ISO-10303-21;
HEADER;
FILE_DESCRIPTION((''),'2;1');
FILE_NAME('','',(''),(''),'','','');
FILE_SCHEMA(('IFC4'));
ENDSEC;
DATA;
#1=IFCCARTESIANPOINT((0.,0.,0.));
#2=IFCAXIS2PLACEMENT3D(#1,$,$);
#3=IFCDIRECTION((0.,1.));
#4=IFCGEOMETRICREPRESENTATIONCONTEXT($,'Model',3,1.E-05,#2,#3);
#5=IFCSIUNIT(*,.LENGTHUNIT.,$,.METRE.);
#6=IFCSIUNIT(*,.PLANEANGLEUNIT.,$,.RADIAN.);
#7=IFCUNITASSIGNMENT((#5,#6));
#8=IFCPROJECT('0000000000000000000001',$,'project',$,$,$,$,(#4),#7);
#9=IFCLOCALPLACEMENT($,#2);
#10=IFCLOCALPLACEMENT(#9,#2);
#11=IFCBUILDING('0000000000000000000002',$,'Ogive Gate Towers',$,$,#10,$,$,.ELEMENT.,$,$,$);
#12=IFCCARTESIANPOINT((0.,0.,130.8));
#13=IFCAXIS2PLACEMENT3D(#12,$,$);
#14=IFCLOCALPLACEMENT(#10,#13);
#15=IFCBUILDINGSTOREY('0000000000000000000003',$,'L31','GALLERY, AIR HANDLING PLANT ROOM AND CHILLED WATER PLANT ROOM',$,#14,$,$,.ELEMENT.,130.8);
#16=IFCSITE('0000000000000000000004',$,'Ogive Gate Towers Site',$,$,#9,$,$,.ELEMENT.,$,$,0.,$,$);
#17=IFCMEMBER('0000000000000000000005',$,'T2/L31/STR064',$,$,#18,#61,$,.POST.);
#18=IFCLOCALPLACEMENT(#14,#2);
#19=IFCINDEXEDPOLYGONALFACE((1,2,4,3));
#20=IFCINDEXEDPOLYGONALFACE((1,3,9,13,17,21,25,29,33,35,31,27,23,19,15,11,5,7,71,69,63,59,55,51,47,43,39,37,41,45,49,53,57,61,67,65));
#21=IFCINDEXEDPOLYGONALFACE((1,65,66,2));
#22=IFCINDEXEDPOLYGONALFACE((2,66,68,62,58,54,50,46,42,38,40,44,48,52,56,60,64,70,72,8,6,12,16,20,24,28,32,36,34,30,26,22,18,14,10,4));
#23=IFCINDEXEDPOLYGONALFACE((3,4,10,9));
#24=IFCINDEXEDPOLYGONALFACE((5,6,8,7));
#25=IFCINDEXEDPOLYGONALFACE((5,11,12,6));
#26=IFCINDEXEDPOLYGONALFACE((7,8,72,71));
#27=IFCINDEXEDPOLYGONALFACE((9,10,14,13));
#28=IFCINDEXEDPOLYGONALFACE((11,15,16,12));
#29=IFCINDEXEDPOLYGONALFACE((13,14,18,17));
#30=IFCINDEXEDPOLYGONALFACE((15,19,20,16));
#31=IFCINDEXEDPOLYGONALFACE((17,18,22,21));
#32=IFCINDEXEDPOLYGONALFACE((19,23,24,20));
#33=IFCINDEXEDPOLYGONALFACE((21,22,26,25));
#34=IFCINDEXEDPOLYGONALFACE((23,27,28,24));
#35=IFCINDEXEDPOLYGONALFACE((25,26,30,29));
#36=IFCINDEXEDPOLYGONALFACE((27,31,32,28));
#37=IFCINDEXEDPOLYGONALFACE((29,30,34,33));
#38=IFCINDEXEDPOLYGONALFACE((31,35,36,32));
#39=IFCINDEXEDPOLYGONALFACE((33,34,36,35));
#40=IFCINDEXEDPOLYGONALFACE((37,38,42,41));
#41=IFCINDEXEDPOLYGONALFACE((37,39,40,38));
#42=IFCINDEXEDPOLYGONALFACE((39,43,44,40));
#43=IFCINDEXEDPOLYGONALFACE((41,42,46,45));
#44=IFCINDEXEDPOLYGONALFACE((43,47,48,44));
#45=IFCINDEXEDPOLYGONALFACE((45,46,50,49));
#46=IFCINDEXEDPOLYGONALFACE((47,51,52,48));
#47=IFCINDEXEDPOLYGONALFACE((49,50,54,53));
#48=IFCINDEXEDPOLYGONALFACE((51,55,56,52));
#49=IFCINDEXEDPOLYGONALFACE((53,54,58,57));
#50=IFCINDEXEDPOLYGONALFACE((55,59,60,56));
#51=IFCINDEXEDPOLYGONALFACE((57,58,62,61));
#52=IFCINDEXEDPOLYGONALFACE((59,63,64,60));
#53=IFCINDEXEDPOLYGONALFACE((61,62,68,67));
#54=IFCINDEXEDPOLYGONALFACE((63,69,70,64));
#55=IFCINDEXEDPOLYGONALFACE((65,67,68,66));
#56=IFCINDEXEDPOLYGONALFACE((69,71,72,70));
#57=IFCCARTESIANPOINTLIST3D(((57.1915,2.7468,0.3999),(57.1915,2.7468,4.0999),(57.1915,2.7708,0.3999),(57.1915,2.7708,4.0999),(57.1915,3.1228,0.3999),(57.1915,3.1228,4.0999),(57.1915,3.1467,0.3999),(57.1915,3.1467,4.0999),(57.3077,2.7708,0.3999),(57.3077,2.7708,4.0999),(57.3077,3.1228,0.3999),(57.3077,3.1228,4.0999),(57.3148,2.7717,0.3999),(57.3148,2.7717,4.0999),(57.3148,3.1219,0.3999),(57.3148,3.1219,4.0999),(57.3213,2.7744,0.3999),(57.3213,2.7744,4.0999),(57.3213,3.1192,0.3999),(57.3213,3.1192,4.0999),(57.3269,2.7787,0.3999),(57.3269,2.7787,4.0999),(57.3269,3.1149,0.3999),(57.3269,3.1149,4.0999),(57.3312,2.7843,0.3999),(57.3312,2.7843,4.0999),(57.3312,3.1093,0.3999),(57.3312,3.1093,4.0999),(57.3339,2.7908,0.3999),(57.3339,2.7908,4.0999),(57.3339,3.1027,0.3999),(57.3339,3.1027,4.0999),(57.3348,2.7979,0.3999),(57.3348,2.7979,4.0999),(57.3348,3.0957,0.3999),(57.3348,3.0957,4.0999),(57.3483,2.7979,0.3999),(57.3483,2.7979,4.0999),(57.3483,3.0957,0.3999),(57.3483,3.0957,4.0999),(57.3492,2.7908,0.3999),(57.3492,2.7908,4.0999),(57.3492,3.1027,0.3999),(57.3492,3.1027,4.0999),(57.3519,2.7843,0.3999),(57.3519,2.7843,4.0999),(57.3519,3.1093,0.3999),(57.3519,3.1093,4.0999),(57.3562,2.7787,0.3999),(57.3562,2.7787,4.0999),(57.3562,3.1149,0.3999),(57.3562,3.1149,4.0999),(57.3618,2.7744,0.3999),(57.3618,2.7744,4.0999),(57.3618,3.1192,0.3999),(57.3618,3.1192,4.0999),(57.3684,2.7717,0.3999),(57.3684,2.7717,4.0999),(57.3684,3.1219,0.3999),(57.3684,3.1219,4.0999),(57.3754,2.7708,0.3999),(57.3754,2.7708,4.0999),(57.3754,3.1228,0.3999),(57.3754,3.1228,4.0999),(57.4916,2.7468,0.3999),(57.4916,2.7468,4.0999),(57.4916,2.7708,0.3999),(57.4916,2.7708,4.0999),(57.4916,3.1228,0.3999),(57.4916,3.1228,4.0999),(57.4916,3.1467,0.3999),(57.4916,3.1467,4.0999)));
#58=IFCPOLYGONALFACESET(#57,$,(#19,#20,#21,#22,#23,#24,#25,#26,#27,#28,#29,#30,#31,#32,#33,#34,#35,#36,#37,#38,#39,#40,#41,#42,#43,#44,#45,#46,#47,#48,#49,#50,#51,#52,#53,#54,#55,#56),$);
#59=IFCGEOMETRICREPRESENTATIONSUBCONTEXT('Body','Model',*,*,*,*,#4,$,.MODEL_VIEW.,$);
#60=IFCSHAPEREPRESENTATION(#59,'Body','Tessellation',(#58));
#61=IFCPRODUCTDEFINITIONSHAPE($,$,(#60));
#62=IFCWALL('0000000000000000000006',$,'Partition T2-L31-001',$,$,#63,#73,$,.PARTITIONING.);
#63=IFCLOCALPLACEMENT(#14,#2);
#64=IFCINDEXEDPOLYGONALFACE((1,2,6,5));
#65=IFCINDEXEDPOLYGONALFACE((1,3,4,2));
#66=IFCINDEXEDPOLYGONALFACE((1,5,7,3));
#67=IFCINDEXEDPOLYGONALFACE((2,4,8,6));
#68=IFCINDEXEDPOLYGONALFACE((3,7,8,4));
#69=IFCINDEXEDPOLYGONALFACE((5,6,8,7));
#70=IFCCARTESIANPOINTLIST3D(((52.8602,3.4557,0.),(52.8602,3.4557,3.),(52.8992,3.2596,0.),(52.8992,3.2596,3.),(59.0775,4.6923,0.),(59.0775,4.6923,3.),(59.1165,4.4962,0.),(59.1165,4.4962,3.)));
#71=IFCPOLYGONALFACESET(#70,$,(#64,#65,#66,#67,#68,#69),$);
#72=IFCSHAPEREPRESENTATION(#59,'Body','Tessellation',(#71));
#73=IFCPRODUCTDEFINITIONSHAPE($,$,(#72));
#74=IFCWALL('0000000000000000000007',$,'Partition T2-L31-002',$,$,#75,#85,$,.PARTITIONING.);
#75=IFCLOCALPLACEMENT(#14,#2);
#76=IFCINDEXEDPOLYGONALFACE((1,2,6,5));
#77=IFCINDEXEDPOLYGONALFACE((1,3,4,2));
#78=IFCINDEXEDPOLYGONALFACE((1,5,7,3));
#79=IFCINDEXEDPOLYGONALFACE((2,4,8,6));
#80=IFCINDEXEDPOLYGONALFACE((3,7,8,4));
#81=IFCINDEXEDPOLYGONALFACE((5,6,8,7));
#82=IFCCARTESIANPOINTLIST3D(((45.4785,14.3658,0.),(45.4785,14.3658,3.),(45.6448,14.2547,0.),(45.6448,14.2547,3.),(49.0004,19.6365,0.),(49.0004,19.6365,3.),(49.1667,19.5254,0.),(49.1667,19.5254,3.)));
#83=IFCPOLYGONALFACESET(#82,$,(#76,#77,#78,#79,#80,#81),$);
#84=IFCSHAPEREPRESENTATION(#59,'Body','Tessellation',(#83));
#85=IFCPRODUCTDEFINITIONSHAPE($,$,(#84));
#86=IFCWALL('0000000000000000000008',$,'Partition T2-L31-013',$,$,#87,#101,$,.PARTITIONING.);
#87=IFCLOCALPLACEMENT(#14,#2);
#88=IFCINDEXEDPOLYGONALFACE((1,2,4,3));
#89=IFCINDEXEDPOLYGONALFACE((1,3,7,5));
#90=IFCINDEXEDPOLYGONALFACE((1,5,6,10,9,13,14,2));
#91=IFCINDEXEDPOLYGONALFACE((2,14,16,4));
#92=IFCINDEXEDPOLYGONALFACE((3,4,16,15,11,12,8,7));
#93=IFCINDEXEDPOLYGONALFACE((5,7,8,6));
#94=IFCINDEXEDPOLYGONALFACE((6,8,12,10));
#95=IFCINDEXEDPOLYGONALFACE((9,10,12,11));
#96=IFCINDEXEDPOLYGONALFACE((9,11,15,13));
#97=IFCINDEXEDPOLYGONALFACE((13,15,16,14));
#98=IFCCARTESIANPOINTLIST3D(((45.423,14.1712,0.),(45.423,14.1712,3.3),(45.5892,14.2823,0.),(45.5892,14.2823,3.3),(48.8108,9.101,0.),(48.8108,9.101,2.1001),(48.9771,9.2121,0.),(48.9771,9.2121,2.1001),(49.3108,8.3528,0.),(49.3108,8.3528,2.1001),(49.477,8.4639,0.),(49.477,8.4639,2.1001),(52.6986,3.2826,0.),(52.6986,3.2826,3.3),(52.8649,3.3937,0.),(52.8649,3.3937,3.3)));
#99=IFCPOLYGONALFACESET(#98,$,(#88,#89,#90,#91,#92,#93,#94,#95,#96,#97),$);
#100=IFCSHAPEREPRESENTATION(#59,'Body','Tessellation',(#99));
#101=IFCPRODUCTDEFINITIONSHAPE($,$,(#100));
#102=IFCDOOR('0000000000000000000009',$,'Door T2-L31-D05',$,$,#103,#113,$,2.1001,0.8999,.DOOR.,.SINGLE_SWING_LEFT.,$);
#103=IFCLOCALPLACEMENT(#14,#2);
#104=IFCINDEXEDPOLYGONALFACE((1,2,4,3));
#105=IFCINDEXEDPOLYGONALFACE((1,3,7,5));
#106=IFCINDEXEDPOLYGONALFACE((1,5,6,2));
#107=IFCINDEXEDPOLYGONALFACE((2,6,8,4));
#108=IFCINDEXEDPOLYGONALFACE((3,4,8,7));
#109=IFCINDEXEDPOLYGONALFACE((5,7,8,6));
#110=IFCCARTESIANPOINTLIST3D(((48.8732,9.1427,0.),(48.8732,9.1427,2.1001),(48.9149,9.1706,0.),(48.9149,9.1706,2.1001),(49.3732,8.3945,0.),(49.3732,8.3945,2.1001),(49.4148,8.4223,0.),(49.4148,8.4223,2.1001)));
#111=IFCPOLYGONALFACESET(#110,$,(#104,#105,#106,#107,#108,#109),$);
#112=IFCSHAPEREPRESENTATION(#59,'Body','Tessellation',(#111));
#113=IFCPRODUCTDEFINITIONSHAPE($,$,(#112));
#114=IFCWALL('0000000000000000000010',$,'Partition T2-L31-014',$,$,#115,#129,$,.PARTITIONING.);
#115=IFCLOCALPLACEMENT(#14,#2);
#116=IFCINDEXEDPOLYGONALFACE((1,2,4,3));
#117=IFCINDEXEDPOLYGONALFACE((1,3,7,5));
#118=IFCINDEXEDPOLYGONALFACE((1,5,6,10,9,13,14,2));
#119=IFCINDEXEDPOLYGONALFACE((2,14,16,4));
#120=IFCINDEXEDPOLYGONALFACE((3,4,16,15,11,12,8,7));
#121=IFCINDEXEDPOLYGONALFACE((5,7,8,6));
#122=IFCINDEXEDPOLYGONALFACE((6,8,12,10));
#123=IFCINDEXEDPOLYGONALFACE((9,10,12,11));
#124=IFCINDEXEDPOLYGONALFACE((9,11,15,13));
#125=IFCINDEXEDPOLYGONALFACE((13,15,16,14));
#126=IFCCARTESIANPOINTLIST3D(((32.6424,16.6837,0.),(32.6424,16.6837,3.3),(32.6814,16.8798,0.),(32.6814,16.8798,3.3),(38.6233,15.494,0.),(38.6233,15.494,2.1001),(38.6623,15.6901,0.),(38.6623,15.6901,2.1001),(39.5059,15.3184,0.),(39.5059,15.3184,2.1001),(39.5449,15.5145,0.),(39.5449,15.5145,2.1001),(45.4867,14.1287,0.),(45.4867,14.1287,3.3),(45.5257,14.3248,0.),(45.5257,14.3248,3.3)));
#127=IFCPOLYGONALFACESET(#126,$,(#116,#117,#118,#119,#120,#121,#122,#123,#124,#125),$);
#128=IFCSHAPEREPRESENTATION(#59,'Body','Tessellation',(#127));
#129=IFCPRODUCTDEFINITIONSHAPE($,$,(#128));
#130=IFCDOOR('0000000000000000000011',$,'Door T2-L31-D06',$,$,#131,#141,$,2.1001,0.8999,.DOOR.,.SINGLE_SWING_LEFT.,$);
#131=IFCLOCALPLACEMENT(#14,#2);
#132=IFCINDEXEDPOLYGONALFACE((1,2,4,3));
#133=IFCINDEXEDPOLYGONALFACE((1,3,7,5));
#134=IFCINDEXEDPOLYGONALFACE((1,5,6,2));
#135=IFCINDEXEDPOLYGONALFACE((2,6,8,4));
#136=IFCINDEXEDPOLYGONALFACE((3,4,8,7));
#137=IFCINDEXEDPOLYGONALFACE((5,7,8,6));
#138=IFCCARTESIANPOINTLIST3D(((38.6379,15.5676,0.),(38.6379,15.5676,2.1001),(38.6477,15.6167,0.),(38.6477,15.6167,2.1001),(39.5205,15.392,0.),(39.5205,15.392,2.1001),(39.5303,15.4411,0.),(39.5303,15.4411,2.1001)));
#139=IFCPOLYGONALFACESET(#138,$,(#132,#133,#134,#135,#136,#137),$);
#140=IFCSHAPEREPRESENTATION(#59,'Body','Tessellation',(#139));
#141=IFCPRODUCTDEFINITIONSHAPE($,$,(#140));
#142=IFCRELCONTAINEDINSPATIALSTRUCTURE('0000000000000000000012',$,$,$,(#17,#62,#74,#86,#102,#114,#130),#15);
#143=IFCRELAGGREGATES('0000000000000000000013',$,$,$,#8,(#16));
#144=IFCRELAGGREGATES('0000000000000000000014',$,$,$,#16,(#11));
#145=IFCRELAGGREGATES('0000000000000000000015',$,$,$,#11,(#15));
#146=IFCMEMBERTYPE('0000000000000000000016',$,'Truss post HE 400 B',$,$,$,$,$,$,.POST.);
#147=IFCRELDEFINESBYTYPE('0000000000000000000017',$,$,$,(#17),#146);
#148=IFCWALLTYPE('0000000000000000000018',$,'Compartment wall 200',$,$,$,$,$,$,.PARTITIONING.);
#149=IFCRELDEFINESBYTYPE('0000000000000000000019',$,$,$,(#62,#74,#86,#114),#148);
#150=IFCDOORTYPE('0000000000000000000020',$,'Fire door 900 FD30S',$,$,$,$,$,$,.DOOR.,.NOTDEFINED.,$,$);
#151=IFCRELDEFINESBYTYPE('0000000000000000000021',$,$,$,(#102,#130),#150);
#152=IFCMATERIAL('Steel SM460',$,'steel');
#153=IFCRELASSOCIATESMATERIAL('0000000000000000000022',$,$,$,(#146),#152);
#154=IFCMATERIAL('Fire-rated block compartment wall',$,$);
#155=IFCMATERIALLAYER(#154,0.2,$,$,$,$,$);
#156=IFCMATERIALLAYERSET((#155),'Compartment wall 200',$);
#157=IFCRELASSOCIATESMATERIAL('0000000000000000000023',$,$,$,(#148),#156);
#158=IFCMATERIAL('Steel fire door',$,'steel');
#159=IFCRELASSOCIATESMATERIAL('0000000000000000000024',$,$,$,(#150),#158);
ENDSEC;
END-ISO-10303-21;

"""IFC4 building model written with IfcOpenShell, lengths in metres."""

from ifc_helpers import new_model, si_unit, direction, frame, frame_2d, origin, origin_2d, place, context, subcontext, project, spatial, rectangle, i_section, extrude, material, layer, layer_set, material_profile, profile_set, type_object, element, fill, save


model = new_model("IFC4")

# Units and contexts
model_context = context("Model", 3, precision=1e-05, world=origin(), true_north=direction((0.0, 1.0)))
body_context = subcontext(model_context, "Body", "Model", "MODEL_VIEW")
ifc_project = project(units=[si_unit("LENGTHUNIT", "METRE"), si_unit("PLANEANGLEUNIT", "RADIAN")], contexts=[model_context])

# Site, building, storey
site_placement = place(None, origin())
site = spatial("IfcSite", under=ifc_project, at=site_placement, Name="Ogive Gate Towers Site", CompositionType="ELEMENT", RefElevation=0.0)
building_placement = place(site_placement, origin())
building = spatial("IfcBuilding", under=site, at=building_placement, Name="Ogive Gate Towers", CompositionType="ELEMENT")
storey_placement = place(building_placement, frame((0.0, 0.0, 130.8)))
storey = spatial("IfcBuildingStorey", under=building, at=storey_placement, Name="L31", Description="GALLERY, AIR HANDLING PLANT ROOM AND CHILLED WATER PLANT ROOM", CompositionType="ELEMENT", Elevation=130.8)

# Shared definitions
ifc_material_1 = material(Name="Steel SM460", Category="steel")

# Member
ifc_material_profile_1 = material_profile(ifc_material_1, i_section(OverallWidth=0.3, OverallDepth=0.3999, WebThickness=0.0134, FlangeThickness=0.0239, FilletRadius=0.0271, at=origin_2d()), Name="HE 400 B")
ifc_profile_set_1 = profile_set([ifc_material_profile_1], Name="Steel SM460")
member_type_1 = type_object("IfcMemberType", Name="Truss post HE 400 B", PredefinedType="POST", material=ifc_profile_set_1)
for number, where, z_axis, x_axis, name in (
    (1, (57.3416, 2.9468, 0.3999), (0.0, 0.0, 1.0), (1.0, 0.0, 0.0), "T2/L31/STR064"),
):
    element("IfcMember", number, at=place(storey_placement, frame(where, z_axis=z_axis, x_axis=x_axis)), inside=storey, type_object=member_type_1, Name=name, PredefinedType="POST", context=body_context, shape_type="SweptSolid", body=[
        extrude(i_section(OverallWidth=0.3, OverallDepth=0.3999, WebThickness=0.0134, FlangeThickness=0.0239, FilletRadius=0.0271, at=origin_2d()), origin(), (0.0, 0.0, 1.0), 3.7),
    ])

# Walls
ifc_material_2 = material(Name="Fire-rated block compartment wall")
ifc_layer_1 = layer(ifc_material_2, 0.2)
ifc_layer_set_1 = layer_set([ifc_layer_1], Name="Compartment wall 200")
wall_type_1 = type_object("IfcWallType", Name="Compartment wall 200", PredefinedType="PARTITIONING", material=ifc_layer_set_1)
for number, where, z_axis, x_axis, name in (
    (2, (59.0969, 4.5942, 0.0), (0.0, 0.0, 1.0), (-0.980789, -0.195072, 0.0), "Partition T2-L31-001"),
    (3, (49.0835, 19.5808, 0.0), (0.0, 0.0, 1.0), (-0.555589, -0.831457, 0.0), "Partition T2-L31-002"),
):
    element("IfcWall", number, at=place(storey_placement, frame(where, z_axis=z_axis, x_axis=x_axis)), inside=storey, type_object=wall_type_1, Name=name, PredefinedType="PARTITIONING", context=body_context, shape_type="SweptSolid", body=[
        extrude(rectangle(XDim=6.3391, YDim=0.2, at=frame_2d((3.1694, 0.0))), origin(), (0.0, 0.0, 1.0), 3.0),
    ])

# Walls, openings, doors
wall_1_placement = place(storey_placement, frame((52.7817, 3.3381, 0.0), z_axis=(0.0, 0.0, 1.0), x_axis=(-0.555573, 0.831468, 0.0)))
wall_1 = element("IfcWall", 4, at=wall_1_placement, inside=storey, type_object=wall_type_1, Name="Partition T2-L31-013", PredefinedType="PARTITIONING", context=body_context, shape_type="SweptSolid", body=[
    extrude(rectangle(XDim=13.0957, YDim=0.2, at=frame_2d((6.5479, 0.0))), origin(), (0.0, 0.0, 1.0), 3.3),
])
opening_1_placement = place(wall_1_placement, frame((6.0979, 0.0, 0.0)))
opening_1 = element("IfcOpeningElement", 5, at=opening_1_placement, cuts=wall_1, PredefinedType="OPENING", context=body_context, shape_type="SweptSolid", body=[
    extrude(rectangle(XDim=0.8999, YDim=2.1001, at=frame_2d((0.45, 1.05))), frame((0.0, 0.1099, 0.0), z_axis=(0.0, -1.0, 0.0), x_axis=(1.0, 0.0, 0.0)), (0.0, 0.0, 1.0), 0.22),
])
ifc_material_3 = material(Name="Steel fire door", Category="steel")
door_type_1 = type_object("IfcDoorType", Name="Fire door 900 FD30S", OperationType="NOTDEFINED", PredefinedType="DOOR", material=ifc_material_3)
door_1_placement = place(opening_1_placement, origin())
door_1 = element("IfcDoor", 6, at=door_1_placement, inside=storey, type_object=door_type_1, Name="Door T2-L31-D05", OperationType="SINGLE_SWING_LEFT", OverallHeight=2.1001, OverallWidth=0.8999, PredefinedType="DOOR", context=body_context, shape_type="SweptSolid", body=[
    extrude(rectangle(XDim=0.8999, YDim=2.1001, at=frame_2d((0.45, 1.05))), frame((0.0, 0.0249, 0.0), z_axis=(0.0, -1.0, 0.0), x_axis=(1.0, 0.0, 0.0)), (0.0, 0.0, 1.0), 0.05),
])
fill(opening_1, door_1)
wall_2_placement = place(storey_placement, frame((45.5061, 14.2268, 0.0), z_axis=(0.0, 0.0, 1.0), x_axis=(-0.980784, 0.195094, 0.0)))
wall_2 = element("IfcWall", 7, at=wall_2_placement, inside=storey, type_object=wall_type_1, Name="Partition T2-L31-014", PredefinedType="PARTITIONING", context=body_context, shape_type="SweptSolid", body=[
    extrude(rectangle(XDim=13.0959, YDim=0.2, at=frame_2d((6.5479, 0.0))), origin(), (0.0, 0.0, 1.0), 3.3),
])
opening_2_placement = place(wall_2_placement, frame((6.0979, 0.0, 0.0)))
opening_2 = element("IfcOpeningElement", 8, at=opening_2_placement, cuts=wall_2, PredefinedType="OPENING", context=body_context, shape_type="SweptSolid", body=[
    extrude(rectangle(XDim=0.8999, YDim=2.1001, at=frame_2d((0.45, 1.05))), frame((0.0, 0.1099, 0.0), z_axis=(0.0, -1.0, 0.0), x_axis=(1.0, 0.0, 0.0)), (0.0, 0.0, 1.0), 0.22),
])
door_2_placement = place(opening_2_placement, origin())
door_2 = element("IfcDoor", 9, at=door_2_placement, inside=storey, type_object=door_type_1, Name="Door T2-L31-D06", OperationType="SINGLE_SWING_LEFT", OverallHeight=2.1001, OverallWidth=0.8999, PredefinedType="DOOR", context=body_context, shape_type="SweptSolid", body=[
    extrude(rectangle(XDim=0.8999, YDim=2.1001, at=frame_2d((0.45, 1.05))), frame((0.0, 0.0249, 0.0), z_axis=(0.0, -1.0, 0.0), x_axis=(1.0, 0.0, 0.0)), (0.0, 0.0, 1.0), 0.05),
])
fill(opening_2, door_2)

save(model, "model.ifc")
